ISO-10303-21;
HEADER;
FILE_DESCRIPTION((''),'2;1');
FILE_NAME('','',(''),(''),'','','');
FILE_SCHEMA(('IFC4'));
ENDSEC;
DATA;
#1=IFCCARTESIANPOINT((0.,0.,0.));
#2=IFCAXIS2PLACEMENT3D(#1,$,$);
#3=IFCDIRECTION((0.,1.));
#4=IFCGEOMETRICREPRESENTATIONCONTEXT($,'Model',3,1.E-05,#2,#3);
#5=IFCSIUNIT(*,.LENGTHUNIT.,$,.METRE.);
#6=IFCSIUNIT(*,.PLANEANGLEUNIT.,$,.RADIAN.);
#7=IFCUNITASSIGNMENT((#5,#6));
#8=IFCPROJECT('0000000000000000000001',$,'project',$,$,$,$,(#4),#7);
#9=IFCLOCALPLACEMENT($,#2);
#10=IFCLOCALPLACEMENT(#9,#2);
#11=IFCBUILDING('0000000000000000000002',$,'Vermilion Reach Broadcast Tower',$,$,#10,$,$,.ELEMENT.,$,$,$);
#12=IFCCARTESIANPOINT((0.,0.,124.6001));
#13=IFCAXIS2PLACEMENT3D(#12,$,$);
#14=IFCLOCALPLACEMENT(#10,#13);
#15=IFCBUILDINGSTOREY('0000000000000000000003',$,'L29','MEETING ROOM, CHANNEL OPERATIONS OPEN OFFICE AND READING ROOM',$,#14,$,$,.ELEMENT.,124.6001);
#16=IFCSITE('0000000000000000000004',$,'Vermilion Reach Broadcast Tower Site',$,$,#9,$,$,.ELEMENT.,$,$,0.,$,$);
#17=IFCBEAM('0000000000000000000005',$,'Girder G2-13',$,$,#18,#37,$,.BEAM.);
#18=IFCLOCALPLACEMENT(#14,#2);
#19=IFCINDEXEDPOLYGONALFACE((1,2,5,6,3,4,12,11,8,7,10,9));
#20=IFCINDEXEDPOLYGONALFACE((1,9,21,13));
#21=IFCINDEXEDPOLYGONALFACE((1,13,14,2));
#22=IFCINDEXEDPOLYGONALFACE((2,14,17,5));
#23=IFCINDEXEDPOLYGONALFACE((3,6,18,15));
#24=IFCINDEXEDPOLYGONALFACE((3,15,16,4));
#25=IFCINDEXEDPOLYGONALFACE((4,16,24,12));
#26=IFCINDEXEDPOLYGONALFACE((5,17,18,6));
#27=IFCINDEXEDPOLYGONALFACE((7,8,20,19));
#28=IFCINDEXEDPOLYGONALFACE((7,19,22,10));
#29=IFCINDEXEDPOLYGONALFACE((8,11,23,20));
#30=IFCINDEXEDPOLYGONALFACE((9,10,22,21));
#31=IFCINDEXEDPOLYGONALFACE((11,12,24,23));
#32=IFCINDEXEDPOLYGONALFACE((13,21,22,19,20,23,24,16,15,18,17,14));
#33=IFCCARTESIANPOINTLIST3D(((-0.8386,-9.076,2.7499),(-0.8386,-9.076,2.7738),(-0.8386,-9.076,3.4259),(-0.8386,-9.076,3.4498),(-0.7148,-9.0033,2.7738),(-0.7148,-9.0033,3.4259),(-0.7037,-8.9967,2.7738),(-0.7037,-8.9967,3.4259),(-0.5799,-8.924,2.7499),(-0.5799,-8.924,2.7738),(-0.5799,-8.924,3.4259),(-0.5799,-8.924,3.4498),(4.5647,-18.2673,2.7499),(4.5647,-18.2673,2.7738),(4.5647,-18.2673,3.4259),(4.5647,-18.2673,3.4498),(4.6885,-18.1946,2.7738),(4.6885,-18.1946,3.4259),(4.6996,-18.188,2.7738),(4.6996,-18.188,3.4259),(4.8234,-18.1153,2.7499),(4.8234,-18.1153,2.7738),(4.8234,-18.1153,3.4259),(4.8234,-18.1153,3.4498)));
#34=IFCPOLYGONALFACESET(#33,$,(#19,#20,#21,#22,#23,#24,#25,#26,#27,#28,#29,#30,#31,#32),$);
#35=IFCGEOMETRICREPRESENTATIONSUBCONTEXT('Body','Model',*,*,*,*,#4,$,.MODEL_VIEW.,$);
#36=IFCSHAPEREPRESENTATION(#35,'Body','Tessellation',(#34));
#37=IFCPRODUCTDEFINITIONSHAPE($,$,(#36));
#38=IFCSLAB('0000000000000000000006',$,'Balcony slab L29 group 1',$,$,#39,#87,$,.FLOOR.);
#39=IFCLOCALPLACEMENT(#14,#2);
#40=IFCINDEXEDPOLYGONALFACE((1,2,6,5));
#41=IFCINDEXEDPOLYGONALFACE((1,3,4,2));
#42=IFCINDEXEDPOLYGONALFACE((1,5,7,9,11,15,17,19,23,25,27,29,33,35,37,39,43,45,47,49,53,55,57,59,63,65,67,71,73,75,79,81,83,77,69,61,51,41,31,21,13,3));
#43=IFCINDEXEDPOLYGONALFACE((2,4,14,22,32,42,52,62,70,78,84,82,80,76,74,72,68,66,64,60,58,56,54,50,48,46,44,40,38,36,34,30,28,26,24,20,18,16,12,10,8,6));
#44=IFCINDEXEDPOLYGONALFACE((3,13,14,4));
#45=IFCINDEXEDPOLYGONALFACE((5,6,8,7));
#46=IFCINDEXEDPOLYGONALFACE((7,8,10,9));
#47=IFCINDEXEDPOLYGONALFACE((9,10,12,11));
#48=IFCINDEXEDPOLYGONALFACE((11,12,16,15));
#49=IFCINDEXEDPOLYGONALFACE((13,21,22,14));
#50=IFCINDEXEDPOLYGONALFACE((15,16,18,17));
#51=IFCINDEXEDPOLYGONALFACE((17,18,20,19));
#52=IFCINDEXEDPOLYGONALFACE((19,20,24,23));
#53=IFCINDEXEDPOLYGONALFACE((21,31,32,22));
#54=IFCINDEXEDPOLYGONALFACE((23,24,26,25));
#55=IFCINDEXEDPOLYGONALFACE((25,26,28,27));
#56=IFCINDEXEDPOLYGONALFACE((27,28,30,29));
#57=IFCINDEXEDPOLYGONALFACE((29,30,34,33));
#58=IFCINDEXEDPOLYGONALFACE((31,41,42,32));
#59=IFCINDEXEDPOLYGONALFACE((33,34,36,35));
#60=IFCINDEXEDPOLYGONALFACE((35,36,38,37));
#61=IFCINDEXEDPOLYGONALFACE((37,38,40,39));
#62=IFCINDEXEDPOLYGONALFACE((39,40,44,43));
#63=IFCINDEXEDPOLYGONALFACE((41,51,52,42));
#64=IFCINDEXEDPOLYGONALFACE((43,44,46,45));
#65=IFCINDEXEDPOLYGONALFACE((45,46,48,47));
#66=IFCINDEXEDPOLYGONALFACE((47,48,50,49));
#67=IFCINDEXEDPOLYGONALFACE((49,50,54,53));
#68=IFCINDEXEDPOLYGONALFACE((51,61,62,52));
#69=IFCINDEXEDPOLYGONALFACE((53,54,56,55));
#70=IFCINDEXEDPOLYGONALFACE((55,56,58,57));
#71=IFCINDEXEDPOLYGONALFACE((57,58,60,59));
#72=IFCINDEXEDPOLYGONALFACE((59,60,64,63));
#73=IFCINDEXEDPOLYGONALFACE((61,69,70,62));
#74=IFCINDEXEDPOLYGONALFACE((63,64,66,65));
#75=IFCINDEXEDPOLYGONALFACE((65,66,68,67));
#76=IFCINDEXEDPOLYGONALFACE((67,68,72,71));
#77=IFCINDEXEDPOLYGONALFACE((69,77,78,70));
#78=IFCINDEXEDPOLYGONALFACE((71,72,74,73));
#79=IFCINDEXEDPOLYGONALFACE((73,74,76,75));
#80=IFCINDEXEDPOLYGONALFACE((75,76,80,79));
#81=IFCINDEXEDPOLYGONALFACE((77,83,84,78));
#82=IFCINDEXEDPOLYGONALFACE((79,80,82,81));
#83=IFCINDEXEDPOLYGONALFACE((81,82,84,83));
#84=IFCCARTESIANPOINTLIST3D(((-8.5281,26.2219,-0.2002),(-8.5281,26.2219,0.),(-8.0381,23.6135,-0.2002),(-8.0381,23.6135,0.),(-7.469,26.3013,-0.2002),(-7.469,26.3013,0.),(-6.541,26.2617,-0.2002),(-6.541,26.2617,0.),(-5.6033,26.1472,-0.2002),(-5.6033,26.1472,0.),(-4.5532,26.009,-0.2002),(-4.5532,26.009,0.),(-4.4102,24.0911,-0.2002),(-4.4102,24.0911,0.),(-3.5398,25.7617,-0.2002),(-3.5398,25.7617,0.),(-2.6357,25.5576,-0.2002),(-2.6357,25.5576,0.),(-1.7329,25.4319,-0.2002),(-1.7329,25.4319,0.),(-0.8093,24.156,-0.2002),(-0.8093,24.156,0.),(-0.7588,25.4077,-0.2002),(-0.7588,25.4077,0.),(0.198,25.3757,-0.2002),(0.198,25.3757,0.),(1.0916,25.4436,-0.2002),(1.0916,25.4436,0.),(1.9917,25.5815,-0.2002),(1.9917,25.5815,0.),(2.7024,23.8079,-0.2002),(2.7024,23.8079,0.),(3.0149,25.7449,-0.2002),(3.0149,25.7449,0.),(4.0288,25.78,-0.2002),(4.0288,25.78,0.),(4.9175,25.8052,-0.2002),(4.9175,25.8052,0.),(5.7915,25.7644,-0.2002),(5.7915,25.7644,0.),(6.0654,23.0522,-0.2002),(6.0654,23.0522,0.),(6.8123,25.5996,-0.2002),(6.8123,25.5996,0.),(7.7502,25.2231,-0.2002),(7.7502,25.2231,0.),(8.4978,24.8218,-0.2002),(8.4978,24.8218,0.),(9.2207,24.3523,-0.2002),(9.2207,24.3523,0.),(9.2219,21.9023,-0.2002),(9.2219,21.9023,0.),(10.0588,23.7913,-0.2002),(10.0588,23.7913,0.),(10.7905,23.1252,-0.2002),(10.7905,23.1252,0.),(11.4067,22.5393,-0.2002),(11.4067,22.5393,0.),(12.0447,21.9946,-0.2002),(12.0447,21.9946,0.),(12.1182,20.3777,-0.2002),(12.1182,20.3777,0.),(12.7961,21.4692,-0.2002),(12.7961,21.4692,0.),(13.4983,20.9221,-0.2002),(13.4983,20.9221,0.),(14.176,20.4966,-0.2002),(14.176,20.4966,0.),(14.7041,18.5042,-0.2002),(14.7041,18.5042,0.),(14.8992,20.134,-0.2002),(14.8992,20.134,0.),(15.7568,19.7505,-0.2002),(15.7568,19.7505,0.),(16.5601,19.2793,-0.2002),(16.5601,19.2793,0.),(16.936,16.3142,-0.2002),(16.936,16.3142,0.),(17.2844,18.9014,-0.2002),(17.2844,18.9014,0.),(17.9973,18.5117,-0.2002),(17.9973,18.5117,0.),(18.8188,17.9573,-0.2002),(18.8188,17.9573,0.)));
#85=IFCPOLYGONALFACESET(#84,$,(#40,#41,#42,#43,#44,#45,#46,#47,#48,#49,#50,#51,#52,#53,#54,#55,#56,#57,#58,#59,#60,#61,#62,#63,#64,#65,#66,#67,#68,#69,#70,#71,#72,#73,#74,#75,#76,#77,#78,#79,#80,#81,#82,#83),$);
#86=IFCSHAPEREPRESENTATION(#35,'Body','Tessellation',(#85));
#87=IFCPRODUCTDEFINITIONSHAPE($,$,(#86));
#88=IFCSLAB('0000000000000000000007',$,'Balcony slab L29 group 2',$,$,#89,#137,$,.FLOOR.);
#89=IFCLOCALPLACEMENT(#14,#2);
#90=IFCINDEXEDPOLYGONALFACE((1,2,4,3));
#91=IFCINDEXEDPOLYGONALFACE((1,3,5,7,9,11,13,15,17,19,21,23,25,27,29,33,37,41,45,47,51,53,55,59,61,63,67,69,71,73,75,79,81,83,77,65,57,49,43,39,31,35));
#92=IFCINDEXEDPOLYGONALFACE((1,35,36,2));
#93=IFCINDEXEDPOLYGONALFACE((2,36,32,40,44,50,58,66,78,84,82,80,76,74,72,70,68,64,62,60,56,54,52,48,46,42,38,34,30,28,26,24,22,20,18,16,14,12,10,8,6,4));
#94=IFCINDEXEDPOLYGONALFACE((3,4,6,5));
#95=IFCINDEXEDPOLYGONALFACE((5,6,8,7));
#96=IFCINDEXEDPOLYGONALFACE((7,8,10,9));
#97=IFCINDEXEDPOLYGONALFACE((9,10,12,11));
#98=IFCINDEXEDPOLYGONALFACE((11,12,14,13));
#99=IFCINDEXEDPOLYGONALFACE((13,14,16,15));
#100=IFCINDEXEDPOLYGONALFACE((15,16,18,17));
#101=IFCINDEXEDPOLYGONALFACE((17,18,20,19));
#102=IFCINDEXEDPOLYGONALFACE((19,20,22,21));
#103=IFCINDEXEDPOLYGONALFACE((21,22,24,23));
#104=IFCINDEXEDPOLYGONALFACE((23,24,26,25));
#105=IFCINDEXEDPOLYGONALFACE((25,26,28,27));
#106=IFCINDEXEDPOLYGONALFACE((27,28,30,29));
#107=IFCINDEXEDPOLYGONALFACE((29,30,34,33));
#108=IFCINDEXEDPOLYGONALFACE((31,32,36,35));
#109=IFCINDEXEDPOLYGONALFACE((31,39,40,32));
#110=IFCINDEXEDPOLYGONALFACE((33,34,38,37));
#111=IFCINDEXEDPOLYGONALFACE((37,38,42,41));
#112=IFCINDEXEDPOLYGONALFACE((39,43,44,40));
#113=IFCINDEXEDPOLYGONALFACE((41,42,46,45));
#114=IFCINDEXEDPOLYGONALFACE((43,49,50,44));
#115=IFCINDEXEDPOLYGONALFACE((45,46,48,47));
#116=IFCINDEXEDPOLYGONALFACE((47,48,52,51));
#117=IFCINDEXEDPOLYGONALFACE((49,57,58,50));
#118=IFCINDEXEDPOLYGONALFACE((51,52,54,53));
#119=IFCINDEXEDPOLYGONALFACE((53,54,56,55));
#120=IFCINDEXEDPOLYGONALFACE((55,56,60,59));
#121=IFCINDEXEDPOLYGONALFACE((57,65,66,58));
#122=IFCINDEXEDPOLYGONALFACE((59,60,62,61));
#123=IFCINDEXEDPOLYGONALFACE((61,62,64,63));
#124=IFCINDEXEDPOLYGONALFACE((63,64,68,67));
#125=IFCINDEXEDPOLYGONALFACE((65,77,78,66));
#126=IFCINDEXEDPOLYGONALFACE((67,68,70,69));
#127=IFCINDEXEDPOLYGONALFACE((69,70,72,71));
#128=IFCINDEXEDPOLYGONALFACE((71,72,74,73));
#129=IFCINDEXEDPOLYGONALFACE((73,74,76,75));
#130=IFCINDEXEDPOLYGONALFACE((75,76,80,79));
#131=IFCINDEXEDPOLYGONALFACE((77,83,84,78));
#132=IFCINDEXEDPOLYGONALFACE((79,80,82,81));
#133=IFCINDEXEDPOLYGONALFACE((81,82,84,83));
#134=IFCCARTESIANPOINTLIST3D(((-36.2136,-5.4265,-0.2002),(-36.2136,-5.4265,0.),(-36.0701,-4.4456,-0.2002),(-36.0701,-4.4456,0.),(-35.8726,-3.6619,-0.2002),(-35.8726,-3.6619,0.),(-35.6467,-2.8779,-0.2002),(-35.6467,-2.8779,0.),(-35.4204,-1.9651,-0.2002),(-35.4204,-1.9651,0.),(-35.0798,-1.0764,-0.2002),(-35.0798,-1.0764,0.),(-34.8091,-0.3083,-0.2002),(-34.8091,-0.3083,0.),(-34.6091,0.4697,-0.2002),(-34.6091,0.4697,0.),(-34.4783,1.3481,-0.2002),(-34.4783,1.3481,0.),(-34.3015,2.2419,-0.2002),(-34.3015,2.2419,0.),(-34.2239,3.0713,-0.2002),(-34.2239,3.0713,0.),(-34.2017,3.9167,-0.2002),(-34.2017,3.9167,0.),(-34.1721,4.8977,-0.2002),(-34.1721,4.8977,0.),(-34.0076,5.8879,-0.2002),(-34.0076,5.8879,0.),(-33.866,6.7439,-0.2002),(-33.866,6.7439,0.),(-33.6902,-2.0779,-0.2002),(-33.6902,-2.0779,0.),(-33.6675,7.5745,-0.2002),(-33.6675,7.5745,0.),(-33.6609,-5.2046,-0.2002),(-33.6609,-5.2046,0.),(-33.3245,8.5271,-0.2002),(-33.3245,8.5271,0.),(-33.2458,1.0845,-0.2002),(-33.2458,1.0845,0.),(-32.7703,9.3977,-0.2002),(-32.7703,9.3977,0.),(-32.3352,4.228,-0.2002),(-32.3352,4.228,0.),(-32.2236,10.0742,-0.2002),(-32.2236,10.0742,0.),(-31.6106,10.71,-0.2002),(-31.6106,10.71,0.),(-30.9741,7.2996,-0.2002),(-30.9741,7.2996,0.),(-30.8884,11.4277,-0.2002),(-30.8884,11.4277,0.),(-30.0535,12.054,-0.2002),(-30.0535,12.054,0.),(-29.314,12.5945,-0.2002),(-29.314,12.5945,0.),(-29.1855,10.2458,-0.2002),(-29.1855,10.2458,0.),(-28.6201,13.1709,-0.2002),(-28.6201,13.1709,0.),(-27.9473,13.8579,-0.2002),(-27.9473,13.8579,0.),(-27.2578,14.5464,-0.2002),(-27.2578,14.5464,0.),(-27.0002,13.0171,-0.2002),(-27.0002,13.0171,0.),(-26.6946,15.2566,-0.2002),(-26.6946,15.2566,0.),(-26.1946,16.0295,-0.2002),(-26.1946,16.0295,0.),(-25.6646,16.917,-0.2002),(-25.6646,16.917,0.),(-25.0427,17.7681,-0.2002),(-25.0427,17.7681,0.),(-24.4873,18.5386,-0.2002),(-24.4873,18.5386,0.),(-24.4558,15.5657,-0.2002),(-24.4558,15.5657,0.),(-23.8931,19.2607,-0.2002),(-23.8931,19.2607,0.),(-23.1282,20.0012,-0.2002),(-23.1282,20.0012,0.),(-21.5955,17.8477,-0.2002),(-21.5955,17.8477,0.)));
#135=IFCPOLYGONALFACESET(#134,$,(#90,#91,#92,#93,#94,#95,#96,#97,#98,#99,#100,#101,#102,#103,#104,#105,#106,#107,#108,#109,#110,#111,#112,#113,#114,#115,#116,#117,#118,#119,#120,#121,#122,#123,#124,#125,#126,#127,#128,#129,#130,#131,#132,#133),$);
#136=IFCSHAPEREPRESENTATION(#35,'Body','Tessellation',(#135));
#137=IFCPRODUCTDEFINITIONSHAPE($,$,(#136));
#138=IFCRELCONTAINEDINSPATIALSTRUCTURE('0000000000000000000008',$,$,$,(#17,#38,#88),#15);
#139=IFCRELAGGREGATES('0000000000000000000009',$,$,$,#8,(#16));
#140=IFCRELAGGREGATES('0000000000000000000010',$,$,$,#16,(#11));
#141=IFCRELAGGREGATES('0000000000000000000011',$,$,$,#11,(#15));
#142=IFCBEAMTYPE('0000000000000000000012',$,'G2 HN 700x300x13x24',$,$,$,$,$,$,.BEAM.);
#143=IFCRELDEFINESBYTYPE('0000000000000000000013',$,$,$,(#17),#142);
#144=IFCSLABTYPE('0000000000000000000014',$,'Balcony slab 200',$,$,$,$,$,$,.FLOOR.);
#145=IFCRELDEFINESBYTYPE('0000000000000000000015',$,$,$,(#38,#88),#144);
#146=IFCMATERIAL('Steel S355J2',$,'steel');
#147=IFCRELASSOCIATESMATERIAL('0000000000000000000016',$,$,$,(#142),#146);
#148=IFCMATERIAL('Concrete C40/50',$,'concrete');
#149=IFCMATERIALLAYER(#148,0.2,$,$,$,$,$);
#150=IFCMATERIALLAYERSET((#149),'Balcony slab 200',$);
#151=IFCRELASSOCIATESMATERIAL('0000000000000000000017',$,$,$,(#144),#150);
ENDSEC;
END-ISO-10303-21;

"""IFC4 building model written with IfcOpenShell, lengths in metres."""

from ifc_helpers import new_model, si_unit, direction, frame, origin, origin_2d, place, context, subcontext, project, spatial, polyline, i_section, outline, extrude, material, layer, layer_set, material_profile, profile_set, type_object, element, save


model = new_model("IFC4")

# Units and contexts
model_context = context("Model", 3, precision=1e-05, world=origin(), true_north=direction((0.0, 1.0)))
body_context = subcontext(model_context, "Body", "Model", "MODEL_VIEW")
ifc_project = project(units=[si_unit("LENGTHUNIT", "METRE"), si_unit("PLANEANGLEUNIT", "RADIAN")], contexts=[model_context])

# Site, building, storey
site_placement = place(None, origin())
site = spatial("IfcSite", under=ifc_project, at=site_placement, Name="Vermilion Reach Broadcast Tower Site", CompositionType="ELEMENT", RefElevation=0.0)
building_placement = place(site_placement, origin())
building = spatial("IfcBuilding", under=site, at=building_placement, Name="Vermilion Reach Broadcast Tower", CompositionType="ELEMENT")
storey_placement = place(building_placement, frame((0.0, 0.0, 124.6001)))
storey = spatial("IfcBuildingStorey", under=building, at=storey_placement, Name="L29", Description="MEETING ROOM, CHANNEL OPERATIONS OPEN OFFICE AND READING ROOM", CompositionType="ELEMENT", Elevation=124.6001)

# Beam
ifc_material_1 = material(Name="Steel S355J2", Category="steel")
ifc_material_profile = material_profile(ifc_material_1, i_section(OverallWidth=0.3, OverallDepth=0.7, WebThickness=0.0129, FlangeThickness=0.0239, at=origin_2d()), Name="S355J2 HN 700x300x13x24")
ifc_profile_set = profile_set([ifc_material_profile], Name="Steel S355J2")
beam_type = type_object("IfcBeamType", Name="G2 HN 700x300x13x24", PredefinedType="BEAM", material=ifc_profile_set)
beam_placement = place(storey_placement, frame((-0.7092, -9.0, 3.0999), z_axis=(0.506784, -0.862073, 0.0), x_axis=(0.862073, 0.506784, 0.0)))
element("IfcBeam", 1, at=beam_placement, inside=storey, type_object=beam_type, Name="Girder G2-13", PredefinedType="BEAM", context=body_context, shape_type="SweptSolid", body=[
    extrude(i_section(OverallWidth=0.3, OverallDepth=0.7, WebThickness=0.0129, FlangeThickness=0.0239, at=origin_2d()), origin(), (0.0, 0.0, 1.0), 10.6619),
])

# Slabs
ifc_material_2 = material(Name="Concrete C40/50", Category="concrete")
ifc_layer_1 = layer(ifc_material_2, 0.2)
ifc_layer_set_1 = layer_set([ifc_layer_1], Name="Balcony slab 200")
slab_type_1 = type_object("IfcSlabType", Name="Balcony slab 200", PredefinedType="FLOOR", material=ifc_layer_set_1)
placement_1 = place(storey_placement, frame((0.0, 0.0, -0.2002)))
element("IfcSlab", 2, at=placement_1, inside=storey, type_object=slab_type_1, Name="Balcony slab L29 group 1", PredefinedType="FLOOR", context=body_context, shape_type="SweptSolid", body=[
    extrude(outline(polyline([(16.936, 16.3142), (14.7041, 18.5042), (12.1182, 20.3777), (9.2219, 21.9023), (6.0654, 23.0522), (2.7024, 23.8079), (-0.8093, 24.156), (-4.4102, 24.0911), (-8.0381, 23.6135), (-8.5281, 26.2219), (-7.469, 26.3013), (-6.541, 26.2617), (-5.6033, 26.1472), (-4.5532, 26.009), (-3.5398, 25.7617), (-2.6357, 25.5576), (-1.7329, 25.4319), (-0.7588, 25.4077), (0.198, 25.3757), (1.0916, 25.4436), (1.9917, 25.5815), (3.0149, 25.7449), (4.0288, 25.78), (4.9175, 25.8052), (5.7915, 25.7644), (6.8123, 25.5996), (7.7502, 25.2231), (8.4978, 24.8218), (9.2207, 24.3523), (10.0588, 23.7913), (10.7905, 23.1252), (11.4067, 22.5393), (12.0447, 21.9946), (12.7961, 21.4692), (13.4983, 20.9221), (14.176, 20.4966), (14.8992, 20.134), (15.7568, 19.7505), (16.5601, 19.2793), (17.2844, 18.9014), (17.9973, 18.5117), (18.8188, 17.9573), (16.936, 16.3142)])), origin(), (0.0, 0.0, 1.0), 0.2002),
])
element("IfcSlab", 3, at=placement_1, inside=storey, type_object=slab_type_1, Name="Balcony slab L29 group 2", PredefinedType="FLOOR", context=body_context, shape_type="SweptSolid", body=[
    extrude(outline(polyline([(-21.5955, 17.8477), (-24.4558, 15.5657), (-27.0002, 13.0171), (-29.1855, 10.2458), (-30.9741, 7.2996), (-32.3352, 4.228), (-33.2458, 1.0845), (-33.6902, -2.0779), (-33.6609, -5.2046), (-36.2136, -5.4265), (-36.0701, -4.4456), (-35.8726, -3.6619), (-35.6467, -2.8779), (-35.4204, -1.9651), (-35.0798, -1.0764), (-34.8091, -0.3083), (-34.6091, 0.4697), (-34.4783, 1.3481), (-34.3015, 2.2419), (-34.2239, 3.0713), (-34.2017, 3.9167), (-34.1721, 4.8977), (-34.0076, 5.8879), (-33.866, 6.7439), (-33.6675, 7.5745), (-33.3245, 8.5271), (-32.7703, 9.3977), (-32.2236, 10.0742), (-31.6106, 10.71), (-30.8884, 11.4277), (-30.0535, 12.054), (-29.314, 12.5945), (-28.6201, 13.1709), (-27.9473, 13.8579), (-27.2578, 14.5464), (-26.6946, 15.2566), (-26.1946, 16.0295), (-25.6646, 16.917), (-25.0427, 17.7681), (-24.4873, 18.5386), (-23.8931, 19.2607), (-23.1282, 20.0012), (-21.5955, 17.8477)])), origin(), (0.0, 0.0, 1.0), 0.2002),
])

save(model, "model.ifc")
